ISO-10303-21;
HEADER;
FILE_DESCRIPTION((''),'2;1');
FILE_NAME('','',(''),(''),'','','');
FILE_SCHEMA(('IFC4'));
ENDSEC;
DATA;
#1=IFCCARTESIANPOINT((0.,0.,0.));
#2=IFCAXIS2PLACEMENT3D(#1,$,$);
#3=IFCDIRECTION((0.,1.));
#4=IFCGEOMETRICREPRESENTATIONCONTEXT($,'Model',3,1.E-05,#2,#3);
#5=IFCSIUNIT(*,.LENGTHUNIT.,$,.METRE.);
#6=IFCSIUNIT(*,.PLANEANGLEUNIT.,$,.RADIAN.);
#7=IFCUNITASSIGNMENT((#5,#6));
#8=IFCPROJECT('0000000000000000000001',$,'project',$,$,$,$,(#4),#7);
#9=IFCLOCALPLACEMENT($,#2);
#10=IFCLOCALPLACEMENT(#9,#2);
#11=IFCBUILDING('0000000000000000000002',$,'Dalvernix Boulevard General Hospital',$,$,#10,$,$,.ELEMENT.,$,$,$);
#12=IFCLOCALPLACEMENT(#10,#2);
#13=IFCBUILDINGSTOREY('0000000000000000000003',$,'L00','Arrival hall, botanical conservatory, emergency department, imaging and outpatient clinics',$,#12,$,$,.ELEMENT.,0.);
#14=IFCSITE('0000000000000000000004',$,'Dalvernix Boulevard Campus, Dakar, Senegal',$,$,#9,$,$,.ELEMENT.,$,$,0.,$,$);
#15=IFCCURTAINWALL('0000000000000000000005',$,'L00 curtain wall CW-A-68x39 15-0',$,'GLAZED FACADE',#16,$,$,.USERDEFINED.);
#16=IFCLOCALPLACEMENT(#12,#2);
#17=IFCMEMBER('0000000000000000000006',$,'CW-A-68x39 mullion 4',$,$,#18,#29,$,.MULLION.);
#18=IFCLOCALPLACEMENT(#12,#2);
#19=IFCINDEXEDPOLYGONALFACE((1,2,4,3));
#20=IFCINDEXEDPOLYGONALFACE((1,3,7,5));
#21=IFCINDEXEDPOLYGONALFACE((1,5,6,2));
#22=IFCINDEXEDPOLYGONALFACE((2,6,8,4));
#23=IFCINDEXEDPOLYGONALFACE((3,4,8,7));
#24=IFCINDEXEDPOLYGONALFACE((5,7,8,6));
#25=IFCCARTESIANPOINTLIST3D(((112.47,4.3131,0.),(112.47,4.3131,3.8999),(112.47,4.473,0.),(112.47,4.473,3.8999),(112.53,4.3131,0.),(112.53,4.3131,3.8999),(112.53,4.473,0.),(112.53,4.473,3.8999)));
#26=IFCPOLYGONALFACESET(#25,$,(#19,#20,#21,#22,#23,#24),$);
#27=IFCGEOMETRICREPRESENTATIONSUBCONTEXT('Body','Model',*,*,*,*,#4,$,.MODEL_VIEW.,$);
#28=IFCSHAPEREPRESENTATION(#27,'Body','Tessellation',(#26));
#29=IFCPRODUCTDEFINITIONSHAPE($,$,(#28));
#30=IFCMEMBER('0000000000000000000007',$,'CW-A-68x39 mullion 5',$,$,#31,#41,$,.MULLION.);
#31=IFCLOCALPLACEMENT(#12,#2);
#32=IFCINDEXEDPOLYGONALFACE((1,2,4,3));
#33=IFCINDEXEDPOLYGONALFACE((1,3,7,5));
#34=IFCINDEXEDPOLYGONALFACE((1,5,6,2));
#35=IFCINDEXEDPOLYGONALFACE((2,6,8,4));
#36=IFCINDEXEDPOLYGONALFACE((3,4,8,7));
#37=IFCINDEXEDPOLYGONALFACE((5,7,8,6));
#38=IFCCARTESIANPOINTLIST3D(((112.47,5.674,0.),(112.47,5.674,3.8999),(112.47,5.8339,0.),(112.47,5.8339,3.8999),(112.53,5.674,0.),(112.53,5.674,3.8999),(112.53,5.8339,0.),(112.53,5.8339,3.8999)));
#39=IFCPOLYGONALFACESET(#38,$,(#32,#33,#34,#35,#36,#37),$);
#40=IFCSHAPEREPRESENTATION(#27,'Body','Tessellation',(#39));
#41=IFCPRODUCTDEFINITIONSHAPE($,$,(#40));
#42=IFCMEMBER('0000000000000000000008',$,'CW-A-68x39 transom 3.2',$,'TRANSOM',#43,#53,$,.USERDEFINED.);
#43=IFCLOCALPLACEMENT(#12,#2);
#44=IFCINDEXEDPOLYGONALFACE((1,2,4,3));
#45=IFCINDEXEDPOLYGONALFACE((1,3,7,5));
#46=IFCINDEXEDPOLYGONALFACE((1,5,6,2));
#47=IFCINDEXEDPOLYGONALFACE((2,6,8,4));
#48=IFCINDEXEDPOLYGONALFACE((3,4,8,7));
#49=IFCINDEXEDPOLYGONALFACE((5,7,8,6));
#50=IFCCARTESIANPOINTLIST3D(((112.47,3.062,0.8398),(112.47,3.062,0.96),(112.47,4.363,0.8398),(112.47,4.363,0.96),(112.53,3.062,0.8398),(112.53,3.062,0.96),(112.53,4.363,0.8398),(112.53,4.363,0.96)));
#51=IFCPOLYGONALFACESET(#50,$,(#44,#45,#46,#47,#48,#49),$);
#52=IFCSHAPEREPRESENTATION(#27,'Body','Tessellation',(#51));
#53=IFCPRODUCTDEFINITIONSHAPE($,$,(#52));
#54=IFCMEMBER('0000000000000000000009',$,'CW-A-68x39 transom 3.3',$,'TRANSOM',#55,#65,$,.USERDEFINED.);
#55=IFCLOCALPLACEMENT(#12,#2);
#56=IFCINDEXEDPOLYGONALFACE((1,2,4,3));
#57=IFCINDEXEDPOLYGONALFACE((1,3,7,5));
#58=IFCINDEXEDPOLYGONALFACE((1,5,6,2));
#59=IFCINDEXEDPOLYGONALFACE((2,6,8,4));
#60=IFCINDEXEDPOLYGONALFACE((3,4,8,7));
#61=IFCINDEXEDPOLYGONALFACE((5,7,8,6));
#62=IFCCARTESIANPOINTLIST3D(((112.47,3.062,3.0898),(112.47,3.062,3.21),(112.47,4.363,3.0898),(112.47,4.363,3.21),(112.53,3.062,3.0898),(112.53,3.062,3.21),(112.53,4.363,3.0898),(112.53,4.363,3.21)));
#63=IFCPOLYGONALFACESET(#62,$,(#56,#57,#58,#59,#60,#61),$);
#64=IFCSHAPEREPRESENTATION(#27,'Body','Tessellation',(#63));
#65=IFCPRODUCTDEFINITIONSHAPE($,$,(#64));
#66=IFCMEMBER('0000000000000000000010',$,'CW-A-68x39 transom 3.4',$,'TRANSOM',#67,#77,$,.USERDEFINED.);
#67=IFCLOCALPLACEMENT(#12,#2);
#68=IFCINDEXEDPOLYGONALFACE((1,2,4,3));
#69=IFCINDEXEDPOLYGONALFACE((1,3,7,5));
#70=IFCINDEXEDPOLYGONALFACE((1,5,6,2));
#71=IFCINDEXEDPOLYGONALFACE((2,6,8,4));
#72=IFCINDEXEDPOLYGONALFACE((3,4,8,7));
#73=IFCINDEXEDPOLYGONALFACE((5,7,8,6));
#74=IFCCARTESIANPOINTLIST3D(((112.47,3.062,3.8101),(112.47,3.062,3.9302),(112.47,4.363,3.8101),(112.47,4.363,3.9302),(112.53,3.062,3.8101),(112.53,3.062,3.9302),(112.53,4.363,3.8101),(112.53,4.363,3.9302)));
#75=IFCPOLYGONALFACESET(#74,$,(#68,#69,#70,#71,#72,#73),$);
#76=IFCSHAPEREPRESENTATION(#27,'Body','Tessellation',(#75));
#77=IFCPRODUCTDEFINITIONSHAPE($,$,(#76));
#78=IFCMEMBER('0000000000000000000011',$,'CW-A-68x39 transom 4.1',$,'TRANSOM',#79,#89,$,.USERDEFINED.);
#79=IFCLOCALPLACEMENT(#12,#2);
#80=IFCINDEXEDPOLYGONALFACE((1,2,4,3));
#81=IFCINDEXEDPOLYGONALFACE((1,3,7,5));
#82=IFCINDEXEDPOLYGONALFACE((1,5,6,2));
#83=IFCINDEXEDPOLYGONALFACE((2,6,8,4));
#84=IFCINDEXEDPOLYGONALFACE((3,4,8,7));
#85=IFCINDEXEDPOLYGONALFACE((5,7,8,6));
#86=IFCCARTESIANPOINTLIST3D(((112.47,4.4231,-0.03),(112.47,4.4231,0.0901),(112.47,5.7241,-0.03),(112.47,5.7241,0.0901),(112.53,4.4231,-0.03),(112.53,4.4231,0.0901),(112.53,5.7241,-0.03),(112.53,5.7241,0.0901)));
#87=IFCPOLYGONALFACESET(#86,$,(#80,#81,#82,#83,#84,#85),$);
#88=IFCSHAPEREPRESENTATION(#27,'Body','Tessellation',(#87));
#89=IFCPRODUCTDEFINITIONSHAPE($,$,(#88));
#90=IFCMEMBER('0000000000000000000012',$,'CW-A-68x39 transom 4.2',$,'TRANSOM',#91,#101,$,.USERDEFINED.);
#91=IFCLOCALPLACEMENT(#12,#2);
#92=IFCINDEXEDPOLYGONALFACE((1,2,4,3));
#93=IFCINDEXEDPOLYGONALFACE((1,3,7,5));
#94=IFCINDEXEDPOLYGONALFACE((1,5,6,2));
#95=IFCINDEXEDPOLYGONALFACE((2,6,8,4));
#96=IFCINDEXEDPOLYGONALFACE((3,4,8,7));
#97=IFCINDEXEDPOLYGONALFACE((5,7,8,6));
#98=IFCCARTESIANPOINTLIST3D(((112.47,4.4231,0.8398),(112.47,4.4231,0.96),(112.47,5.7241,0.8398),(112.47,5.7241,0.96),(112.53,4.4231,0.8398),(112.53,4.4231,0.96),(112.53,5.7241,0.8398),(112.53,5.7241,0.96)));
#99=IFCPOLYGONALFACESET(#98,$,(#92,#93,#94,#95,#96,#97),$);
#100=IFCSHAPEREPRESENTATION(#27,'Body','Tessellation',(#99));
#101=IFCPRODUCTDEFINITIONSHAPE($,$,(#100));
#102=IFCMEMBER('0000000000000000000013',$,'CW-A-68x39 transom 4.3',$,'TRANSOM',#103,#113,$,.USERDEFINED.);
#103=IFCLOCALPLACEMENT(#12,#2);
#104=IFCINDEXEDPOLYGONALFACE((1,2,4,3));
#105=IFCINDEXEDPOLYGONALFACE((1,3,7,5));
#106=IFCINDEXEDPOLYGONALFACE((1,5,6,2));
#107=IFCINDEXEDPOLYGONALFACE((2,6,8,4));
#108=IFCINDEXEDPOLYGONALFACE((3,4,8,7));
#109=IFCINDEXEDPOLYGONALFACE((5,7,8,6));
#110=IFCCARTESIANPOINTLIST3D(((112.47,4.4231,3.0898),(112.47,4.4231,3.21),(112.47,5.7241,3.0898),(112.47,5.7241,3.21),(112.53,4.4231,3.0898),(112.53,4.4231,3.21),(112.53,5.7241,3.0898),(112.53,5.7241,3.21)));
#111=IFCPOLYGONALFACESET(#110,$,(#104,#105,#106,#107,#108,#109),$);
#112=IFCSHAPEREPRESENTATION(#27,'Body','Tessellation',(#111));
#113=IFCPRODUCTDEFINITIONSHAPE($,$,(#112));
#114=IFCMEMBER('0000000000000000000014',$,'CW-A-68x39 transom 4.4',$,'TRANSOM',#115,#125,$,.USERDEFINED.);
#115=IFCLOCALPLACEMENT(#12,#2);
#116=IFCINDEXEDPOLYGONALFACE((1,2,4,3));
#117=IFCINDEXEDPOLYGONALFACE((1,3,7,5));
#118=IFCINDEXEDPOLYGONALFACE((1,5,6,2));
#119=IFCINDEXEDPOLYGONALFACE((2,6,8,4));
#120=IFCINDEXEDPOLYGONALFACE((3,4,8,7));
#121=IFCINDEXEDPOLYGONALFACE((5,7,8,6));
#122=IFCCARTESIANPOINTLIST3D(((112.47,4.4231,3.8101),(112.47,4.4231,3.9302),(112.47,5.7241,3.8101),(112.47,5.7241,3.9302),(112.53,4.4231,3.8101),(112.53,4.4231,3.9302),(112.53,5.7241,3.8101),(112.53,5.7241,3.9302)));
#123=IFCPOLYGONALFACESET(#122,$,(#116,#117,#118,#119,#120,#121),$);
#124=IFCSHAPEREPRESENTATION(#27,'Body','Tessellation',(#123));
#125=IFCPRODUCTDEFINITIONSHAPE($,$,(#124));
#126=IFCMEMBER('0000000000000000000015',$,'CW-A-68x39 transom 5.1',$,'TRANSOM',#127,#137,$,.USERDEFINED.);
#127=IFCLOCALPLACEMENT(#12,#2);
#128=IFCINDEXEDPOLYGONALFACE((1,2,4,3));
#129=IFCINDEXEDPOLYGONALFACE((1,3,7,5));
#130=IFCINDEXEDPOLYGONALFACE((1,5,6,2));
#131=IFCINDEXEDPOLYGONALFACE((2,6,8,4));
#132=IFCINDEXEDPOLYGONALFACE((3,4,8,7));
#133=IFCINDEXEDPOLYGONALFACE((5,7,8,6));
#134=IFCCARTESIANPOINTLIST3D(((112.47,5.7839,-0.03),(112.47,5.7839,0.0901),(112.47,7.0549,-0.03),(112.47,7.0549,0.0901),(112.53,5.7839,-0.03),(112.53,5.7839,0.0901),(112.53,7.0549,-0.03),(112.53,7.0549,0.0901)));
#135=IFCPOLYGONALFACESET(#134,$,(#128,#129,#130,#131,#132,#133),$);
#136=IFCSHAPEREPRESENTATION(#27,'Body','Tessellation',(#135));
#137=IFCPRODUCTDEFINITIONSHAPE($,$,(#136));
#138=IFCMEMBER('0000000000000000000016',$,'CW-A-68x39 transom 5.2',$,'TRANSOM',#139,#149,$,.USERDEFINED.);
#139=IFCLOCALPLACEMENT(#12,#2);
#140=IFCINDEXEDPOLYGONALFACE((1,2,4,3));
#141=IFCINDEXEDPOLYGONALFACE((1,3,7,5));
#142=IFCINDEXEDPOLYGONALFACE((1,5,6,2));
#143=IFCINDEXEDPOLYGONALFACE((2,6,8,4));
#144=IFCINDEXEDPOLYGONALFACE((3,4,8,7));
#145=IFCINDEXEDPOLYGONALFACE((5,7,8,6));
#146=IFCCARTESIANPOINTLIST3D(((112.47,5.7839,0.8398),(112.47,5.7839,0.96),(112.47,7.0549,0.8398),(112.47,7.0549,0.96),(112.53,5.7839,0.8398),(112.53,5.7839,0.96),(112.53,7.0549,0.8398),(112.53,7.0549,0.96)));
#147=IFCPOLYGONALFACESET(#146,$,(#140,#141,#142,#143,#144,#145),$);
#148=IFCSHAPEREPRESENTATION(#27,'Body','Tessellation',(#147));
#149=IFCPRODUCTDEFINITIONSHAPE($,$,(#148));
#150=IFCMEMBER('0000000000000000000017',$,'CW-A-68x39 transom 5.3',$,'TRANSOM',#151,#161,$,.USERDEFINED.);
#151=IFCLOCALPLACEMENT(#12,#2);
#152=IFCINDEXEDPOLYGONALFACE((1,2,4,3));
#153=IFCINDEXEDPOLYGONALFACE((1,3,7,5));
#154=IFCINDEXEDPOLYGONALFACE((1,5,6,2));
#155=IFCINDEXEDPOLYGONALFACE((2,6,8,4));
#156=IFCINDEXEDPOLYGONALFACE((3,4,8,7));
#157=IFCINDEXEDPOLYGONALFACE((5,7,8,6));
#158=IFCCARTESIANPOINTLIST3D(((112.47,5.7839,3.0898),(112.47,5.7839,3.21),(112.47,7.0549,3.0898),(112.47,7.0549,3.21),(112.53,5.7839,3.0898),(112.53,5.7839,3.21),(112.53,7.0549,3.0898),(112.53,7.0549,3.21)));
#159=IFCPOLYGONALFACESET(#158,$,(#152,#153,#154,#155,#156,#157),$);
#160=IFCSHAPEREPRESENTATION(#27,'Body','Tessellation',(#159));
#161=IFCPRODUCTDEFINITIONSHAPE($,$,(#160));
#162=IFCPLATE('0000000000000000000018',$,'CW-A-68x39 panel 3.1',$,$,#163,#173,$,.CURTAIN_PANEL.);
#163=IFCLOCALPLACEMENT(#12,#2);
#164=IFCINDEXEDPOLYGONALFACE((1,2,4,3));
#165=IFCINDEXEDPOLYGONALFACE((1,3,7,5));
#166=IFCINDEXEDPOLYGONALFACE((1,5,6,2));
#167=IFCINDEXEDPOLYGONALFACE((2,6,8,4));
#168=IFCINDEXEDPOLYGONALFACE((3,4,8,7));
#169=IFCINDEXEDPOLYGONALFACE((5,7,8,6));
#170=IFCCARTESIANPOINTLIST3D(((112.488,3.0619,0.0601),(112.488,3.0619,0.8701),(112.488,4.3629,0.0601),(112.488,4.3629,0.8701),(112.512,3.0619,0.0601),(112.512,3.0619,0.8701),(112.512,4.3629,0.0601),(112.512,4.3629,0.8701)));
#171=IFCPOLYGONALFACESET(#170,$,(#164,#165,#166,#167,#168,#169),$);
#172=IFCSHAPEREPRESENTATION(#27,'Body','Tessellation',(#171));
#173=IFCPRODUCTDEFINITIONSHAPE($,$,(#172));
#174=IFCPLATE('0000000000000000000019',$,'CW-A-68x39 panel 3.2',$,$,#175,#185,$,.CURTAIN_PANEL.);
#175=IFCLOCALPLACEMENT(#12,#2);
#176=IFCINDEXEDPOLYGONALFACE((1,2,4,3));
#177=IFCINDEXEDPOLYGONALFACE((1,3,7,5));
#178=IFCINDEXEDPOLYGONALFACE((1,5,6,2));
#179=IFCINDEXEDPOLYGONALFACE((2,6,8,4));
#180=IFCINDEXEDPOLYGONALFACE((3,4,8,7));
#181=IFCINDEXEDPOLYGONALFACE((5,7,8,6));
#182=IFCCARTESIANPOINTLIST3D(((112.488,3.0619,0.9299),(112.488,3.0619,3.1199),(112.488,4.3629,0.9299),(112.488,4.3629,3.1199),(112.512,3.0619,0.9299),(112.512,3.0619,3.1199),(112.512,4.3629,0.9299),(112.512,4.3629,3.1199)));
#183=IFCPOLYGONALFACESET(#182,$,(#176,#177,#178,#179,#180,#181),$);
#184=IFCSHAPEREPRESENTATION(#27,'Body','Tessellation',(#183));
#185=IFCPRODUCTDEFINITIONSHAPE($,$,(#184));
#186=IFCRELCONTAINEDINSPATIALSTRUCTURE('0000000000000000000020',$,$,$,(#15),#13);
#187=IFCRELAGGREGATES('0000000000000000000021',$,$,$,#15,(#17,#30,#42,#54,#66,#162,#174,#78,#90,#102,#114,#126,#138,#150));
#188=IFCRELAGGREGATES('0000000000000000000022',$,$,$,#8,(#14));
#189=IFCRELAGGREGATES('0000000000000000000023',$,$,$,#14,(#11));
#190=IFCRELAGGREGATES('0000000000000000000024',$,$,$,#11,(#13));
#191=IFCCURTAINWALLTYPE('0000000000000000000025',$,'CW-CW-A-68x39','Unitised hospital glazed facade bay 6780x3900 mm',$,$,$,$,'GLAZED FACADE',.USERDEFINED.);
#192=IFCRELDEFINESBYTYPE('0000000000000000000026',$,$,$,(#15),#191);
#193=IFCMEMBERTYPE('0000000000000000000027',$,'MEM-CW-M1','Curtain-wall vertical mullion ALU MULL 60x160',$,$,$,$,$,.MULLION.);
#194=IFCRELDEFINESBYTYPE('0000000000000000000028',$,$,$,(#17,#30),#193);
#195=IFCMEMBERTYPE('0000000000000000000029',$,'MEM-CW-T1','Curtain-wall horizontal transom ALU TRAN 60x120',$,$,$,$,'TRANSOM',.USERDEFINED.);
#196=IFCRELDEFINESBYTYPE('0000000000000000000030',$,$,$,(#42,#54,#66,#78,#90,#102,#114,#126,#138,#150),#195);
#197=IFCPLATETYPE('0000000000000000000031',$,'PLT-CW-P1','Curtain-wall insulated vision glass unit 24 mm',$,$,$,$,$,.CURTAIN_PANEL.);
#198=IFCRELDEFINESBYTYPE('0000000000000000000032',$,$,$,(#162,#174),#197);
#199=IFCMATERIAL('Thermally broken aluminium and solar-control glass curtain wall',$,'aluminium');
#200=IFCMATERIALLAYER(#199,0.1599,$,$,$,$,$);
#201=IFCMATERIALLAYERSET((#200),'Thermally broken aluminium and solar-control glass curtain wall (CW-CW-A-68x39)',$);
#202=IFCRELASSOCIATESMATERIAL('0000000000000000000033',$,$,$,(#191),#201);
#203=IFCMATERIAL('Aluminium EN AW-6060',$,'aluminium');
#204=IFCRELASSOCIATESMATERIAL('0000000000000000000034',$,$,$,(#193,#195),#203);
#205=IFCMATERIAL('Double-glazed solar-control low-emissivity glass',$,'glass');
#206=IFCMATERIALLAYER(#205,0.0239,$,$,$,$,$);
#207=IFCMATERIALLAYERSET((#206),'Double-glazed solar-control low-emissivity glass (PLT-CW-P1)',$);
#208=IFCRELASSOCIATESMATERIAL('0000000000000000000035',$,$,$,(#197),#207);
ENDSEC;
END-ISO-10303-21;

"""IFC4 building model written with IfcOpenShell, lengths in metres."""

from ifc_helpers import new_model, si_unit, direction, frame, origin, origin_2d, place, context, subcontext, project, spatial, rectangle, extrude, material, layer, layer_set, material_profile, profile_set, type_object, element, aggregate, save


model = new_model("IFC4")

# Units and contexts
model_context = context("Model", 3, precision=1e-05, world=origin(), true_north=direction((0.0, 1.0)))
body_context = subcontext(model_context, "Body", "Model", "MODEL_VIEW")
ifc_project = project(units=[si_unit("LENGTHUNIT", "METRE"), si_unit("PLANEANGLEUNIT", "RADIAN")], contexts=[model_context])

# Site, building, storey
site_placement = place(None, origin())
site = spatial("IfcSite", under=ifc_project, at=site_placement, Name="Dalvernix Boulevard Campus, Dakar, Senegal", CompositionType="ELEMENT", RefElevation=0.0)
building_placement = place(site_placement, origin())
building = spatial("IfcBuilding", under=site, at=building_placement, Name="Dalvernix Boulevard General Hospital", CompositionType="ELEMENT")
storey_placement = place(building_placement, origin())
storey = spatial("IfcBuildingStorey", under=building, at=storey_placement, Name="L00", Description="Arrival hall, botanical conservatory, emergency department, imaging and outpatient clinics", CompositionType="ELEMENT", Elevation=0.0)

# Curtain wall, members, plates
ifc_material_1 = material(Name="Thermally broken aluminium and solar-control glass curtain wall", Category="aluminium")
ifc_layer_1 = layer(ifc_material_1, 0.1599)
ifc_layer_set_1 = layer_set([ifc_layer_1], Name="Thermally broken aluminium and solar-control glass curtain wall (CW-CW-A-68x39)")
curtain_wall_type = type_object("IfcCurtainWallType", Name="CW-CW-A-68x39", Description="Unitised hospital glazed facade bay 6780x3900 mm", ElementType="GLAZED FACADE", PredefinedType="USERDEFINED", material=ifc_layer_set_1)
curtain_wall_placement = place(storey_placement, origin())
curtain_wall = element("IfcCurtainWall", 1, at=curtain_wall_placement, inside=storey, type_object=curtain_wall_type, Name="L00 curtain wall CW-A-68x39 15-0", ObjectType="GLAZED FACADE", PredefinedType="USERDEFINED")
ifc_material_2 = material(Name="Aluminium EN AW-6060", Category="aluminium")
ifc_material_profile_1 = material_profile(ifc_material_2, rectangle(XDim=0.0601, YDim=0.1599, at=origin_2d()), Name="ALU MULL 60x160")
ifc_profile_set_1 = profile_set([ifc_material_profile_1], Name="Aluminium EN AW-6060")
member_type_1 = type_object("IfcMemberType", Name="MEM-CW-M1", Description="Curtain-wall vertical mullion ALU MULL 60x160", PredefinedType="MULLION", material=ifc_profile_set_1)
member_1_placement = place(storey_placement, frame((112.5, 4.3931, 0.0), z_axis=(0.0, 0.0, 1.0), x_axis=(-1.0, 0.0, 0.0)))
member_1 = element("IfcMember", 2, at=member_1_placement, type_object=member_type_1, Name="CW-A-68x39 mullion 4", PredefinedType="MULLION", context=body_context, shape_type="SweptSolid", body=[
    extrude(rectangle(XDim=0.0601, YDim=0.1599, at=origin_2d()), origin(), (0.0, 0.0, 1.0), 3.8999),
])
member_2_placement = place(storey_placement, frame((112.5, 5.7539, 0.0), z_axis=(0.0, 0.0, 1.0), x_axis=(-1.0, 0.0, 0.0)))
member_2 = element("IfcMember", 3, at=member_2_placement, type_object=member_type_1, Name="CW-A-68x39 mullion 5", PredefinedType="MULLION", context=body_context, shape_type="SweptSolid", body=[
    extrude(rectangle(XDim=0.0601, YDim=0.1599, at=origin_2d()), origin(), (0.0, 0.0, 1.0), 3.8999),
])
ifc_material_profile_2 = material_profile(ifc_material_2, rectangle(XDim=0.0601, YDim=0.1201, at=origin_2d()), Name="ALU TRAN 60x120")
ifc_profile_set_2 = profile_set([ifc_material_profile_2], Name="Aluminium EN AW-6060")
member_type_2 = type_object("IfcMemberType", Name="MEM-CW-T1", Description="Curtain-wall horizontal transom ALU TRAN 60x120", ElementType="TRANSOM", PredefinedType="USERDEFINED", material=ifc_profile_set_2)
member_3_placement = place(storey_placement, frame((112.5, 3.062, 0.8999), z_axis=(0.0, 1.0, 0.0), x_axis=(-1.0, 0.0, 0.0)))
member_3 = element("IfcMember", 4, at=member_3_placement, type_object=member_type_2, Name="CW-A-68x39 transom 3.2", ObjectType="TRANSOM", PredefinedType="USERDEFINED", context=body_context, shape_type="SweptSolid", body=[
    extrude(rectangle(XDim=0.0601, YDim=0.1201, at=origin_2d()), origin(), (0.0, 0.0, 1.0), 1.301),
])
member_4_placement = place(storey_placement, frame((112.5, 3.062, 3.1499), z_axis=(0.0, 1.0, 0.0), x_axis=(-1.0, 0.0, 0.0)))
member_4 = element("IfcMember", 5, at=member_4_placement, type_object=member_type_2, Name="CW-A-68x39 transom 3.3", ObjectType="TRANSOM", PredefinedType="USERDEFINED", context=body_context, shape_type="SweptSolid", body=[
    extrude(rectangle(XDim=0.0601, YDim=0.1201, at=origin_2d()), origin(), (0.0, 0.0, 1.0), 1.301),
])
member_5_placement = place(storey_placement, frame((112.5, 3.062, 3.8701), z_axis=(0.0, 1.0, 0.0), x_axis=(-1.0, 0.0, 0.0)))
member_5 = element("IfcMember", 6, at=member_5_placement, type_object=member_type_2, Name="CW-A-68x39 transom 3.4", ObjectType="TRANSOM", PredefinedType="USERDEFINED", context=body_context, shape_type="SweptSolid", body=[
    extrude(rectangle(XDim=0.0601, YDim=0.1201, at=origin_2d()), origin(), (0.0, 0.0, 1.0), 1.301),
])
member_6_placement = place(storey_placement, frame((112.5, 4.4231, 0.03), z_axis=(0.0, 1.0, 0.0), x_axis=(-1.0, 0.0, 0.0)))
member_6 = element("IfcMember", 7, at=member_6_placement, type_object=member_type_2, Name="CW-A-68x39 transom 4.1", ObjectType="TRANSOM", PredefinedType="USERDEFINED", context=body_context, shape_type="SweptSolid", body=[
    extrude(rectangle(XDim=0.0601, YDim=0.1201, at=origin_2d()), origin(), (0.0, 0.0, 1.0), 1.301),
])
member_7_placement = place(storey_placement, frame((112.5, 4.4231, 0.8999), z_axis=(0.0, 1.0, 0.0), x_axis=(-1.0, 0.0, 0.0)))
member_7 = element("IfcMember", 8, at=member_7_placement, type_object=member_type_2, Name="CW-A-68x39 transom 4.2", ObjectType="TRANSOM", PredefinedType="USERDEFINED", context=body_context, shape_type="SweptSolid", body=[
    extrude(rectangle(XDim=0.0601, YDim=0.1201, at=origin_2d()), origin(), (0.0, 0.0, 1.0), 1.301),
])
member_8_placement = place(storey_placement, frame((112.5, 4.4231, 3.1499), z_axis=(0.0, 1.0, 0.0), x_axis=(-1.0, 0.0, 0.0)))
member_8 = element("IfcMember", 9, at=member_8_placement, type_object=member_type_2, Name="CW-A-68x39 transom 4.3", ObjectType="TRANSOM", PredefinedType="USERDEFINED", context=body_context, shape_type="SweptSolid", body=[
    extrude(rectangle(XDim=0.0601, YDim=0.1201, at=origin_2d()), origin(), (0.0, 0.0, 1.0), 1.301),
])
member_9_placement = place(storey_placement, frame((112.5, 4.4231, 3.8701), z_axis=(0.0, 1.0, 0.0), x_axis=(-1.0, 0.0, 0.0)))
member_9 = element("IfcMember", 10, at=member_9_placement, type_object=member_type_2, Name="CW-A-68x39 transom 4.4", ObjectType="TRANSOM", PredefinedType="USERDEFINED", context=body_context, shape_type="SweptSolid", body=[
    extrude(rectangle(XDim=0.0601, YDim=0.1201, at=origin_2d()), origin(), (0.0, 0.0, 1.0), 1.301),
])
member_10_placement = place(storey_placement, frame((112.5, 5.7839, 0.03), z_axis=(0.0, 1.0, 0.0), x_axis=(-1.0, 0.0, 0.0)))
member_10 = element("IfcMember", 11, at=member_10_placement, type_object=member_type_2, Name="CW-A-68x39 transom 5.1", ObjectType="TRANSOM", PredefinedType="USERDEFINED", context=body_context, shape_type="SweptSolid", body=[
    extrude(rectangle(XDim=0.0601, YDim=0.1201, at=origin_2d()), origin(), (0.0, 0.0, 1.0), 1.271),
])
member_11_placement = place(storey_placement, frame((112.5, 5.7839, 0.8999), z_axis=(0.0, 1.0, 0.0), x_axis=(-1.0, 0.0, 0.0)))
member_11 = element("IfcMember", 12, at=member_11_placement, type_object=member_type_2, Name="CW-A-68x39 transom 5.2", ObjectType="TRANSOM", PredefinedType="USERDEFINED", context=body_context, shape_type="SweptSolid", body=[
    extrude(rectangle(XDim=0.0601, YDim=0.1201, at=origin_2d()), origin(), (0.0, 0.0, 1.0), 1.271),
])
member_12_placement = place(storey_placement, frame((112.5, 5.7839, 3.1499), z_axis=(0.0, 1.0, 0.0), x_axis=(-1.0, 0.0, 0.0)))
member_12 = element("IfcMember", 13, at=member_12_placement, type_object=member_type_2, Name="CW-A-68x39 transom 5.3", ObjectType="TRANSOM", PredefinedType="USERDEFINED", context=body_context, shape_type="SweptSolid", body=[
    extrude(rectangle(XDim=0.0601, YDim=0.1201, at=origin_2d()), origin(), (0.0, 0.0, 1.0), 1.271),
])
ifc_material_3 = material(Name="Double-glazed solar-control low-emissivity glass", Category="glass")
ifc_layer_2 = layer(ifc_material_3, 0.0239)
ifc_layer_set_2 = layer_set([ifc_layer_2], Name="Double-glazed solar-control low-emissivity glass (PLT-CW-P1)")
plate_type = type_object("IfcPlateType", Name="PLT-CW-P1", Description="Curtain-wall insulated vision glass unit 24 mm", PredefinedType="CURTAIN_PANEL", material=ifc_layer_set_2)
plate_1_placement = place(storey_placement, frame((112.5, 3.7124, 0.0601), z_axis=(0.0, 0.0, 1.0), x_axis=(0.0, 1.0, 0.0)))
plate_1 = element("IfcPlate", 14, at=plate_1_placement, type_object=plate_type, Name="CW-A-68x39 panel 3.1", PredefinedType="CURTAIN_PANEL", context=body_context, shape_type="SweptSolid", body=[
    extrude(rectangle(XDim=1.301, YDim=0.0239, at=origin_2d()), origin(), (0.0, 0.0, 1.0), 0.8101),
])
plate_2_placement = place(storey_placement, frame((112.5, 3.7124, 0.9299), z_axis=(0.0, 0.0, 1.0), x_axis=(0.0, 1.0, 0.0)))
plate_2 = element("IfcPlate", 15, at=plate_2_placement, type_object=plate_type, Name="CW-A-68x39 panel 3.2", PredefinedType="CURTAIN_PANEL", context=body_context, shape_type="SweptSolid", body=[
    extrude(rectangle(XDim=1.301, YDim=0.0239, at=origin_2d()), origin(), (0.0, 0.0, 1.0), 2.1899),
])
aggregate(curtain_wall, [member_1, member_2, member_3, member_4, member_5, plate_1, plate_2, member_6, member_7, member_8, member_9, member_10, member_11, member_12])

save(model, "model.ifc")
